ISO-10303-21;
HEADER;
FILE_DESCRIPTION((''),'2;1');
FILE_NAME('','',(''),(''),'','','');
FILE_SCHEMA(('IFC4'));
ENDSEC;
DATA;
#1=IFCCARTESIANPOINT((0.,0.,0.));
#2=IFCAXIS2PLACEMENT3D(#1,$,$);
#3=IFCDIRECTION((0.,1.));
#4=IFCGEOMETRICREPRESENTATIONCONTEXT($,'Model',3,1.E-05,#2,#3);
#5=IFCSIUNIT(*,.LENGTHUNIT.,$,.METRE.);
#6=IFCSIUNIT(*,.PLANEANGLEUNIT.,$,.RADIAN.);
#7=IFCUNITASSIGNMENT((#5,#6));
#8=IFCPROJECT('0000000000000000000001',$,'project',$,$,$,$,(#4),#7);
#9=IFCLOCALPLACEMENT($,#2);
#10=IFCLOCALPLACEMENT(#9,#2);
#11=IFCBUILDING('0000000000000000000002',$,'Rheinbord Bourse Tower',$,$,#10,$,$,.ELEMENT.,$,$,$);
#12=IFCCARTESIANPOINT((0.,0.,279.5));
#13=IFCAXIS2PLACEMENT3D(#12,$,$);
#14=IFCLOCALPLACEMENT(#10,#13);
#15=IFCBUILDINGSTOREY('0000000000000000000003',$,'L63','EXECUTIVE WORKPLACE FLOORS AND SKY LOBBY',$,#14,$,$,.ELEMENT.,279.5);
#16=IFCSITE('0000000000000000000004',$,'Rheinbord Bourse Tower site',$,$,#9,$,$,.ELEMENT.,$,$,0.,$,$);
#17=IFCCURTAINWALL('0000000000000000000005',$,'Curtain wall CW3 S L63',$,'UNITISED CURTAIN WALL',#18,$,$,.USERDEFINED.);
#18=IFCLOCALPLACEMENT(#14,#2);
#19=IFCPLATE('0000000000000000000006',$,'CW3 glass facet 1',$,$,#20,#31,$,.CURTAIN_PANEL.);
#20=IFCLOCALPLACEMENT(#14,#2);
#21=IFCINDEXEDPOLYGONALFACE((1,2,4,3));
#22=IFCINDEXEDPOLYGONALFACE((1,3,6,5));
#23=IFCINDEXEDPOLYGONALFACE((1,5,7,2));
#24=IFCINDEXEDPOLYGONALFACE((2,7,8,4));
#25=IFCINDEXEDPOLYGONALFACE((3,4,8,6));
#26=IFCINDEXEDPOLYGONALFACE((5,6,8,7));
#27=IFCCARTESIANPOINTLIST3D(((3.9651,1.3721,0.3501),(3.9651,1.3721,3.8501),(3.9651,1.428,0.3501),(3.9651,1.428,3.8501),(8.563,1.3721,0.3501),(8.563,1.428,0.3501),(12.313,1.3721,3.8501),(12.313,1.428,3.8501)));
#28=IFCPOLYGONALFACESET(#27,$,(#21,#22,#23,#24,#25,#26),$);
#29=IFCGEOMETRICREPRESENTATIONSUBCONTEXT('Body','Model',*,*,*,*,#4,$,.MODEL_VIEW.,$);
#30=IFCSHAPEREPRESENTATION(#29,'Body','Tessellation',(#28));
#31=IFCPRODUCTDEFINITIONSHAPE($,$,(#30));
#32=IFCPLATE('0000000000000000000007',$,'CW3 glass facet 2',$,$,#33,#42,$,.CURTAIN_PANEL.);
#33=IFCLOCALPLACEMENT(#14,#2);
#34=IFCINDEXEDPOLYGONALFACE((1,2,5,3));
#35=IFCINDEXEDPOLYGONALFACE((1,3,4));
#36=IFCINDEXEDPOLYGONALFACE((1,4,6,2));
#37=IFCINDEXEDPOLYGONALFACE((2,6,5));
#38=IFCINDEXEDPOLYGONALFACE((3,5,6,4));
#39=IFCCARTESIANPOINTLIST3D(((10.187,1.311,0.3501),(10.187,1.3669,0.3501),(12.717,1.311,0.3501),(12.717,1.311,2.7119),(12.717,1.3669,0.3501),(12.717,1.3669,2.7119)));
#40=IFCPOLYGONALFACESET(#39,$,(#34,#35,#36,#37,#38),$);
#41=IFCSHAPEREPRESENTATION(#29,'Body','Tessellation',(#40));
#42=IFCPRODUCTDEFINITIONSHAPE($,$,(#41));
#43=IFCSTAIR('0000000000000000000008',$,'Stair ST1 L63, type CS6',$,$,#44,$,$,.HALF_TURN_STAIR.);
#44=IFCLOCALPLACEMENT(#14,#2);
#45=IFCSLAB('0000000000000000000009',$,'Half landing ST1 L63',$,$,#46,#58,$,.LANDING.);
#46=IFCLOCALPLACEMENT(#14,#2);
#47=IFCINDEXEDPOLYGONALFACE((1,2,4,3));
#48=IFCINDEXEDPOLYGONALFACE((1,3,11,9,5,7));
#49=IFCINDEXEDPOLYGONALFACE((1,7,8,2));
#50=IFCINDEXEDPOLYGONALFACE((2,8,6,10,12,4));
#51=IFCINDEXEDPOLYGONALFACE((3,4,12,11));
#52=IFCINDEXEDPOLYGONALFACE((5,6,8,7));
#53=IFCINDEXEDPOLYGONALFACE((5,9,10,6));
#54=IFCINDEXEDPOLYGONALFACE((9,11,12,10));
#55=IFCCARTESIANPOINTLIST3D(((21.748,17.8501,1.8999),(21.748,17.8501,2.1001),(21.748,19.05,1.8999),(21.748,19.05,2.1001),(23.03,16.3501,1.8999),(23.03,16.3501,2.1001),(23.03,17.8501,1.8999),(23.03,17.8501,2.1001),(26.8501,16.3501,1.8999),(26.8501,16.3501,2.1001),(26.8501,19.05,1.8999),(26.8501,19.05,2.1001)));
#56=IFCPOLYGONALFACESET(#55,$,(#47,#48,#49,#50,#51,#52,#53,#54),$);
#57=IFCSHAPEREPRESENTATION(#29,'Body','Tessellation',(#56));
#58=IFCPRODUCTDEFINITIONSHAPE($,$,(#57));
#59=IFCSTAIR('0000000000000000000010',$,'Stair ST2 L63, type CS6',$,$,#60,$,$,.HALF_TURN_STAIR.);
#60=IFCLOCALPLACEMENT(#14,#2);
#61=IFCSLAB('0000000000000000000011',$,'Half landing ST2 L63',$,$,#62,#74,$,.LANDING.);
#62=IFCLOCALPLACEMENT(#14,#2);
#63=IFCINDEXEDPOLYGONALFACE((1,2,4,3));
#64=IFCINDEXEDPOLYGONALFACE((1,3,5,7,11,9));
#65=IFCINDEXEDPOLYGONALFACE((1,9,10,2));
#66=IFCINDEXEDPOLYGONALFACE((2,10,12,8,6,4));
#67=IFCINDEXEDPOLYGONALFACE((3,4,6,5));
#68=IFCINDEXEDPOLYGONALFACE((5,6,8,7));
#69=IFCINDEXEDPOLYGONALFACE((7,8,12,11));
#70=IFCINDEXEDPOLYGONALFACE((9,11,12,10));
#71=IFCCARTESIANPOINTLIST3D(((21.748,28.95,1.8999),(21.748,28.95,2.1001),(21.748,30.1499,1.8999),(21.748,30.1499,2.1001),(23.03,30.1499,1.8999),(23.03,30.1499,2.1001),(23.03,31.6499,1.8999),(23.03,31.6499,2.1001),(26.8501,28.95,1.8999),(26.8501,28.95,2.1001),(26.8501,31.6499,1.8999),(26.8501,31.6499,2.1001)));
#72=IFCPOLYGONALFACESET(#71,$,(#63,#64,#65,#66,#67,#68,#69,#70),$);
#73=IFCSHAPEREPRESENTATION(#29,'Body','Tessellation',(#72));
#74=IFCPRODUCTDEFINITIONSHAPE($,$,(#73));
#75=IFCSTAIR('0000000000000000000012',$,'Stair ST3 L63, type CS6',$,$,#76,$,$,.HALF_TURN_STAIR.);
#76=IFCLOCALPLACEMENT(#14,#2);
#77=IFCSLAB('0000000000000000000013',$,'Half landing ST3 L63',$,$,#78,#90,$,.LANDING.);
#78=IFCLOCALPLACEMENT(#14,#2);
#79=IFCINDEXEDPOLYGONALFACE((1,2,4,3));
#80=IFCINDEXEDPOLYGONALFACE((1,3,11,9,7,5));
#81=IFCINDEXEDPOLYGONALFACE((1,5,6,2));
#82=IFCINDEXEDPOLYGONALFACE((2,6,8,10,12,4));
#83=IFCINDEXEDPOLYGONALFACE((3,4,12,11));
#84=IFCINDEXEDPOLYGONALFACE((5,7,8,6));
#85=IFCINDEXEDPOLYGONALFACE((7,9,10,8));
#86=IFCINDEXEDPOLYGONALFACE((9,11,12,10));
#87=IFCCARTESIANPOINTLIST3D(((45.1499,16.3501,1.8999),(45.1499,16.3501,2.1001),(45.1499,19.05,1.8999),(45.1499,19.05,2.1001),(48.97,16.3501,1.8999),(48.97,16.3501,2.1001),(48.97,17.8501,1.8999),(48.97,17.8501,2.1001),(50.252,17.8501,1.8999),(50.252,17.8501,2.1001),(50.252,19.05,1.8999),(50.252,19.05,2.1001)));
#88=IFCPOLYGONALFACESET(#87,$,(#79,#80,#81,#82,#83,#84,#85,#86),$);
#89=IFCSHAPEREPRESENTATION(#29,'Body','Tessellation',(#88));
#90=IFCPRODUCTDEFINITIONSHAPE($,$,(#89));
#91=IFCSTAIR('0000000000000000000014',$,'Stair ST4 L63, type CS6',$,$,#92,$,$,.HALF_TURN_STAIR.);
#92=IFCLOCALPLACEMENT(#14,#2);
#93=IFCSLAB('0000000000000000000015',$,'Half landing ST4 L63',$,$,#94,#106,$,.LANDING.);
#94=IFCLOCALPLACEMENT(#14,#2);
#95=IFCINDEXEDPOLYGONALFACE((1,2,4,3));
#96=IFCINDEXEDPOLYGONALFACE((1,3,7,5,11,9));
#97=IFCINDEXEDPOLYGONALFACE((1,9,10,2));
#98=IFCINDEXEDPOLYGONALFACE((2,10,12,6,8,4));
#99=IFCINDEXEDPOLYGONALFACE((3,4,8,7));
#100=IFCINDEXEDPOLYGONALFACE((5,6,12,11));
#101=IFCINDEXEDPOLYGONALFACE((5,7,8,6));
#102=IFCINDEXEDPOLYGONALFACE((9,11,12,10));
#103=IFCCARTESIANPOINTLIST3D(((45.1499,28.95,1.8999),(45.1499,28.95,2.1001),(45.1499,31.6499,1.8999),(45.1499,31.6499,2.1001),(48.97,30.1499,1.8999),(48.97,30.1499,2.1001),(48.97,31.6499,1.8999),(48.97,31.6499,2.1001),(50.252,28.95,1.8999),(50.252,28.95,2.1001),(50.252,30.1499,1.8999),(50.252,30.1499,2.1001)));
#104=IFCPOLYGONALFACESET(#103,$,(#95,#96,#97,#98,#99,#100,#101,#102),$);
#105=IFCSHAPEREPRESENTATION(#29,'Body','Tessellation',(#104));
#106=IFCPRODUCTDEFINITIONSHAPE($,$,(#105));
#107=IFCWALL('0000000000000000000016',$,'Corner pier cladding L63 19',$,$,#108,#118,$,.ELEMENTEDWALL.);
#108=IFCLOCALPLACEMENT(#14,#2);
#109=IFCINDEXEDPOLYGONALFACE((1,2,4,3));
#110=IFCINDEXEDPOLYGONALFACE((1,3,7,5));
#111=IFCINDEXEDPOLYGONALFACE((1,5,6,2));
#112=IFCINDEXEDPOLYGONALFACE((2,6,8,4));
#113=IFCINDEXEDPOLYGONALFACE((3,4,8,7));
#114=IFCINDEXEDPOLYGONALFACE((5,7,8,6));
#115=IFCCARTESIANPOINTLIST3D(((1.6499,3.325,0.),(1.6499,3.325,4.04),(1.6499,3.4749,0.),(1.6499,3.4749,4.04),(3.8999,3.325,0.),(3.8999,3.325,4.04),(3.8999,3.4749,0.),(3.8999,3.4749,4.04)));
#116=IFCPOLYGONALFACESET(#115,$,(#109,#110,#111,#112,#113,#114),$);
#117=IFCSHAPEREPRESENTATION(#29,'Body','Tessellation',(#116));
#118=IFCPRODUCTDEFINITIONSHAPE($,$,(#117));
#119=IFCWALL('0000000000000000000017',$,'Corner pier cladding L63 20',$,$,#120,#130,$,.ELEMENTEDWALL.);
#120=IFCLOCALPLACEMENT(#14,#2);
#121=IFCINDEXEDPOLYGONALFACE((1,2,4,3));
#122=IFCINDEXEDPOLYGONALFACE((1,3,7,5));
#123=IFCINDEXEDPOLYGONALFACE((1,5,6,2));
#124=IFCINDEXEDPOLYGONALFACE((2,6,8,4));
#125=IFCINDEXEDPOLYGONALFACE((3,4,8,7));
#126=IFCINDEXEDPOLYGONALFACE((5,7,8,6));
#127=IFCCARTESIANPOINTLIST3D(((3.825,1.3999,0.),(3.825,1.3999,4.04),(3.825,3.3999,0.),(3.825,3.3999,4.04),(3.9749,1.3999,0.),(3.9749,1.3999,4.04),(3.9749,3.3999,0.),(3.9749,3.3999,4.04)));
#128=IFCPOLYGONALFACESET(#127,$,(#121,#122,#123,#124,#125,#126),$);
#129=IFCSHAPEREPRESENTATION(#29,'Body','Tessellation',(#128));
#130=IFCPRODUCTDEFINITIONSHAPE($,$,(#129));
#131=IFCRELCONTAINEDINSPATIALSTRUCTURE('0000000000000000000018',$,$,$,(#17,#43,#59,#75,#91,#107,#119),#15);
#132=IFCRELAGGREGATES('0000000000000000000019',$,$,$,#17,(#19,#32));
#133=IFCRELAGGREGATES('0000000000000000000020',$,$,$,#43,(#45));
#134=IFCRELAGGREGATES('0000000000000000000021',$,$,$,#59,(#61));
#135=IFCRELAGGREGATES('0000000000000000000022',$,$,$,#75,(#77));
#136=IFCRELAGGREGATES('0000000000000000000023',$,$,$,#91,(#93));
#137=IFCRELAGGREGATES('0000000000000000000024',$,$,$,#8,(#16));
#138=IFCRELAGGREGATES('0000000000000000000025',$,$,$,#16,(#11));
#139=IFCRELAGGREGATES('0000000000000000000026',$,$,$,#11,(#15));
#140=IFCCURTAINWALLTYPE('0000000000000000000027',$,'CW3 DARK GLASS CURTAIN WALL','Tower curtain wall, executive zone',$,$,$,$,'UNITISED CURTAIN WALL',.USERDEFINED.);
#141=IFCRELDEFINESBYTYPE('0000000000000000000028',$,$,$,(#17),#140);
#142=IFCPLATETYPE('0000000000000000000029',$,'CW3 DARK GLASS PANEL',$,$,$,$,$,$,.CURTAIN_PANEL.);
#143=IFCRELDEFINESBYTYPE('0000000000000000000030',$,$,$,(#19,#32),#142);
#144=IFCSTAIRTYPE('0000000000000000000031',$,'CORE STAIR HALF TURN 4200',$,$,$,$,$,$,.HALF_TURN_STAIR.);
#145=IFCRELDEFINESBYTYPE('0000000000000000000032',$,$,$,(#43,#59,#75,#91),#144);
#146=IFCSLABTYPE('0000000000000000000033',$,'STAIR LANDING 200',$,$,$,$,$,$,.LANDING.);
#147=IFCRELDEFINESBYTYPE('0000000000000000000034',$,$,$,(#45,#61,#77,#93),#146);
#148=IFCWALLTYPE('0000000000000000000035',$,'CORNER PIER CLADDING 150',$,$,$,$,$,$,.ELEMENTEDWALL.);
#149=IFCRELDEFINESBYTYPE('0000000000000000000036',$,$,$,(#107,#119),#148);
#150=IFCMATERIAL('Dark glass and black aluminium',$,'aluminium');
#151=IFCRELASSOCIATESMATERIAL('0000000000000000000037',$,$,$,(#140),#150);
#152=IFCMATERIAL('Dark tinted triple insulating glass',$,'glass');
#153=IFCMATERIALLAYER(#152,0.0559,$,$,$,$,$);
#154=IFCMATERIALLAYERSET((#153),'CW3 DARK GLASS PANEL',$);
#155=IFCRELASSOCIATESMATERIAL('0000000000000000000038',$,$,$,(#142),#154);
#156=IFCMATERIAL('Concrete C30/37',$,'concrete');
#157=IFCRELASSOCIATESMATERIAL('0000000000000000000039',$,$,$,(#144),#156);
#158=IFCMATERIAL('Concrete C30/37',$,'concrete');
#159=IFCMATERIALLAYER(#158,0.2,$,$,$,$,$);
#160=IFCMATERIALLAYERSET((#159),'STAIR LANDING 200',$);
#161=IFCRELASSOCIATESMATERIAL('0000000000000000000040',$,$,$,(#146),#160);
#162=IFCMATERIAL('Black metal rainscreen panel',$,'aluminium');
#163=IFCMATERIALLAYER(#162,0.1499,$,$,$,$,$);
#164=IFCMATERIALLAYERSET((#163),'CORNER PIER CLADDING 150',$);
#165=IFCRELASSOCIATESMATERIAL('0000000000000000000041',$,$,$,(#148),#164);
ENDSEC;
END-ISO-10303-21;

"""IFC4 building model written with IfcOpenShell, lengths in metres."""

from ifc_helpers import new_model, si_unit, direction, frame, frame_2d, origin, place, context, subcontext, project, spatial, polyline, rectangle, outline, extrude, material, layer, layer_set, type_object, element, aggregate, save


model = new_model("IFC4")

# Units and contexts
model_context = context("Model", 3, precision=1e-05, world=origin(), true_north=direction((0.0, 1.0)))
body_context = subcontext(model_context, "Body", "Model", "MODEL_VIEW")
ifc_project = project(units=[si_unit("LENGTHUNIT", "METRE"), si_unit("PLANEANGLEUNIT", "RADIAN")], contexts=[model_context])

# Site, building, storey
site_placement = place(None, origin())
site = spatial("IfcSite", under=ifc_project, at=site_placement, Name="Rheinbord Bourse Tower site", CompositionType="ELEMENT", RefElevation=0.0)
building_placement = place(site_placement, origin())
building = spatial("IfcBuilding", under=site, at=building_placement, Name="Rheinbord Bourse Tower", CompositionType="ELEMENT")
storey_placement = place(building_placement, frame((0.0, 0.0, 279.5)))
storey = spatial("IfcBuildingStorey", under=building, at=storey_placement, Name="L63", Description="EXECUTIVE WORKPLACE FLOORS AND SKY LOBBY", CompositionType="ELEMENT", Elevation=279.5)

# Curtain wall
ifc_material_1 = material(Name="Dark glass and black aluminium", Category="aluminium")
curtain_wall_type = type_object("IfcCurtainWallType", Name="CW3 DARK GLASS CURTAIN WALL", Description="Tower curtain wall, executive zone", ElementType="UNITISED CURTAIN WALL", PredefinedType="USERDEFINED", material=ifc_material_1)
curtain_wall_placement = place(storey_placement, origin())
curtain_wall = element("IfcCurtainWall", 1, at=curtain_wall_placement, inside=storey, type_object=curtain_wall_type, Name="Curtain wall CW3 S L63", ObjectType="UNITISED CURTAIN WALL", PredefinedType="USERDEFINED")

# Plates
ifc_material_2 = material(Name="Dark tinted triple insulating glass", Category="glass")
ifc_layer_1 = layer(ifc_material_2, 0.0559)
ifc_layer_set_1 = layer_set([ifc_layer_1], Name="CW3 DARK GLASS PANEL")
plate_type = type_object("IfcPlateType", Name="CW3 DARK GLASS PANEL", PredefinedType="CURTAIN_PANEL", material=ifc_layer_set_1)
plate_1_placement = place(storey_placement, frame((3.9651, 1.3721, 0.3501), z_axis=(0.0, 1.0, 0.0), x_axis=(0.0, 0.0, 1.0)))
plate_1 = element("IfcPlate", 2, at=plate_1_placement, type_object=plate_type, Name="CW3 glass facet 1", PredefinedType="CURTAIN_PANEL", context=body_context, shape_type="SweptSolid", body=[
    extrude(outline(polyline([(0.0, 0.0), (3.5, 0.0), (3.5, 8.3479), (0.0, 4.5979), (0.0, 0.0)])), origin(), (0.0, 0.0, 1.0), 0.0559),
])
plate_2_placement = place(storey_placement, frame((12.717, 1.311, 0.3501), z_axis=(0.0, 1.0, 0.0), x_axis=(-1.0, 0.0, 0.0)))
plate_2 = element("IfcPlate", 3, at=plate_2_placement, type_object=plate_type, Name="CW3 glass facet 2", PredefinedType="CURTAIN_PANEL", context=body_context, shape_type="SweptSolid", body=[
    extrude(outline(polyline([(0.0, 0.0), (2.53, 0.0), (0.0, 2.3618), (0.0, 0.0)])), origin(), (0.0, 0.0, 1.0), 0.0559),
])
aggregate(curtain_wall, [plate_1, plate_2])

# Stairs, slabs
ifc_material_3 = material(Name="Concrete C30/37", Category="concrete")
stair_type = type_object("IfcStairType", Name="CORE STAIR HALF TURN 4200", PredefinedType="HALF_TURN_STAIR", material=ifc_material_3)
stair_1_placement = place(storey_placement, origin())
stair_1 = element("IfcStair", 4, at=stair_1_placement, inside=storey, type_object=stair_type, Name="Stair ST1 L63, type CS6", PredefinedType="HALF_TURN_STAIR")
ifc_material_4 = material(Name="Concrete C30/37", Category="concrete")
ifc_layer_2 = layer(ifc_material_4, 0.2)
ifc_layer_set_2 = layer_set([ifc_layer_2], Name="STAIR LANDING 200")
slab_type_1 = type_object("IfcSlabType", Name="STAIR LANDING 200", PredefinedType="LANDING", material=ifc_layer_set_2)
slab_1_placement = place(storey_placement, frame((0.0, 0.0, 1.8999)))
slab_1 = element("IfcSlab", 5, at=slab_1_placement, type_object=slab_type_1, Name="Half landing ST1 L63", PredefinedType="LANDING", context=body_context, shape_type="SweptSolid", body=[
    extrude(outline(polyline([(23.03, 16.3501), (26.8501, 16.3501), (26.8501, 19.05), (21.748, 19.05), (21.748, 17.8501), (23.03, 17.8501), (23.03, 16.3501)])), origin(), (0.0, 0.0, 1.0), 0.2002),
])
aggregate(stair_1, [slab_1])
stair_2_placement = place(storey_placement, origin())
stair_2 = element("IfcStair", 6, at=stair_2_placement, inside=storey, type_object=stair_type, Name="Stair ST2 L63, type CS6", PredefinedType="HALF_TURN_STAIR")
slab_2_placement = place(storey_placement, frame((0.0, 0.0, 1.8999)))
slab_2 = element("IfcSlab", 7, at=slab_2_placement, type_object=slab_type_1, Name="Half landing ST2 L63", PredefinedType="LANDING", context=body_context, shape_type="SweptSolid", body=[
    extrude(outline(polyline([(21.748, 28.95), (26.8501, 28.95), (26.8501, 31.6499), (23.03, 31.6499), (23.03, 30.1499), (21.748, 30.1499), (21.748, 28.95)])), origin(), (0.0, 0.0, 1.0), 0.2002),
])
aggregate(stair_2, [slab_2])
stair_3_placement = place(storey_placement, origin())
stair_3 = element("IfcStair", 8, at=stair_3_placement, inside=storey, type_object=stair_type, Name="Stair ST3 L63, type CS6", PredefinedType="HALF_TURN_STAIR")
slab_3_placement = place(storey_placement, frame((0.0, 0.0, 1.8999)))
slab_3 = element("IfcSlab", 9, at=slab_3_placement, type_object=slab_type_1, Name="Half landing ST3 L63", PredefinedType="LANDING", context=body_context, shape_type="SweptSolid", body=[
    extrude(outline(polyline([(45.1499, 16.3501), (48.97, 16.3501), (48.97, 17.8501), (50.252, 17.8501), (50.252, 19.05), (45.1499, 19.05), (45.1499, 16.3501)])), origin(), (0.0, 0.0, 1.0), 0.2002),
])
aggregate(stair_3, [slab_3])
stair_4_placement = place(storey_placement, origin())
stair_4 = element("IfcStair", 10, at=stair_4_placement, inside=storey, type_object=stair_type, Name="Stair ST4 L63, type CS6", PredefinedType="HALF_TURN_STAIR")
slab_4_placement = place(storey_placement, frame((0.0, 0.0, 1.8999)))
slab_4 = element("IfcSlab", 11, at=slab_4_placement, type_object=slab_type_1, Name="Half landing ST4 L63", PredefinedType="LANDING", context=body_context, shape_type="SweptSolid", body=[
    extrude(outline(polyline([(45.1499, 28.95), (50.252, 28.95), (50.252, 30.1499), (48.97, 30.1499), (48.97, 31.6499), (45.1499, 31.6499), (45.1499, 28.95)])), origin(), (0.0, 0.0, 1.0), 0.2002),
])
aggregate(stair_4, [slab_4])

# Walls
ifc_material_5 = material(Name="Black metal rainscreen panel", Category="aluminium")
ifc_layer_3 = layer(ifc_material_5, 0.1499)
ifc_layer_set_3 = layer_set([ifc_layer_3], Name="CORNER PIER CLADDING 150")
wall_type = type_object("IfcWallType", Name="CORNER PIER CLADDING 150", PredefinedType="ELEMENTEDWALL", material=ifc_layer_set_3)
wall_1_placement = place(storey_placement, frame((1.6499, 3.3999, 0.0), z_axis=(0.0, 0.0, 1.0), x_axis=(1.0, 0.0, 0.0)))
element("IfcWall", 12, at=wall_1_placement, inside=storey, type_object=wall_type, Name="Corner pier cladding L63 19", PredefinedType="ELEMENTEDWALL", context=body_context, shape_type="SweptSolid", body=[
    extrude(rectangle(XDim=2.25, YDim=0.1499, at=frame_2d((1.125, 0.0))), origin(), (0.0, 0.0, 1.0), 4.04),
])
wall_2_placement = place(storey_placement, frame((3.8999, 3.3999, 0.0), z_axis=(0.0, 0.0, 1.0), x_axis=(0.0, -1.0, 0.0)))
element("IfcWall", 13, at=wall_2_placement, inside=storey, type_object=wall_type, Name="Corner pier cladding L63 20", PredefinedType="ELEMENTEDWALL", context=body_context, shape_type="SweptSolid", body=[
    extrude(rectangle(XDim=2.0, YDim=0.1499, at=frame_2d((1.0, 0.0))), origin(), (0.0, 0.0, 1.0), 4.04),
])

save(model, "model.ifc")
